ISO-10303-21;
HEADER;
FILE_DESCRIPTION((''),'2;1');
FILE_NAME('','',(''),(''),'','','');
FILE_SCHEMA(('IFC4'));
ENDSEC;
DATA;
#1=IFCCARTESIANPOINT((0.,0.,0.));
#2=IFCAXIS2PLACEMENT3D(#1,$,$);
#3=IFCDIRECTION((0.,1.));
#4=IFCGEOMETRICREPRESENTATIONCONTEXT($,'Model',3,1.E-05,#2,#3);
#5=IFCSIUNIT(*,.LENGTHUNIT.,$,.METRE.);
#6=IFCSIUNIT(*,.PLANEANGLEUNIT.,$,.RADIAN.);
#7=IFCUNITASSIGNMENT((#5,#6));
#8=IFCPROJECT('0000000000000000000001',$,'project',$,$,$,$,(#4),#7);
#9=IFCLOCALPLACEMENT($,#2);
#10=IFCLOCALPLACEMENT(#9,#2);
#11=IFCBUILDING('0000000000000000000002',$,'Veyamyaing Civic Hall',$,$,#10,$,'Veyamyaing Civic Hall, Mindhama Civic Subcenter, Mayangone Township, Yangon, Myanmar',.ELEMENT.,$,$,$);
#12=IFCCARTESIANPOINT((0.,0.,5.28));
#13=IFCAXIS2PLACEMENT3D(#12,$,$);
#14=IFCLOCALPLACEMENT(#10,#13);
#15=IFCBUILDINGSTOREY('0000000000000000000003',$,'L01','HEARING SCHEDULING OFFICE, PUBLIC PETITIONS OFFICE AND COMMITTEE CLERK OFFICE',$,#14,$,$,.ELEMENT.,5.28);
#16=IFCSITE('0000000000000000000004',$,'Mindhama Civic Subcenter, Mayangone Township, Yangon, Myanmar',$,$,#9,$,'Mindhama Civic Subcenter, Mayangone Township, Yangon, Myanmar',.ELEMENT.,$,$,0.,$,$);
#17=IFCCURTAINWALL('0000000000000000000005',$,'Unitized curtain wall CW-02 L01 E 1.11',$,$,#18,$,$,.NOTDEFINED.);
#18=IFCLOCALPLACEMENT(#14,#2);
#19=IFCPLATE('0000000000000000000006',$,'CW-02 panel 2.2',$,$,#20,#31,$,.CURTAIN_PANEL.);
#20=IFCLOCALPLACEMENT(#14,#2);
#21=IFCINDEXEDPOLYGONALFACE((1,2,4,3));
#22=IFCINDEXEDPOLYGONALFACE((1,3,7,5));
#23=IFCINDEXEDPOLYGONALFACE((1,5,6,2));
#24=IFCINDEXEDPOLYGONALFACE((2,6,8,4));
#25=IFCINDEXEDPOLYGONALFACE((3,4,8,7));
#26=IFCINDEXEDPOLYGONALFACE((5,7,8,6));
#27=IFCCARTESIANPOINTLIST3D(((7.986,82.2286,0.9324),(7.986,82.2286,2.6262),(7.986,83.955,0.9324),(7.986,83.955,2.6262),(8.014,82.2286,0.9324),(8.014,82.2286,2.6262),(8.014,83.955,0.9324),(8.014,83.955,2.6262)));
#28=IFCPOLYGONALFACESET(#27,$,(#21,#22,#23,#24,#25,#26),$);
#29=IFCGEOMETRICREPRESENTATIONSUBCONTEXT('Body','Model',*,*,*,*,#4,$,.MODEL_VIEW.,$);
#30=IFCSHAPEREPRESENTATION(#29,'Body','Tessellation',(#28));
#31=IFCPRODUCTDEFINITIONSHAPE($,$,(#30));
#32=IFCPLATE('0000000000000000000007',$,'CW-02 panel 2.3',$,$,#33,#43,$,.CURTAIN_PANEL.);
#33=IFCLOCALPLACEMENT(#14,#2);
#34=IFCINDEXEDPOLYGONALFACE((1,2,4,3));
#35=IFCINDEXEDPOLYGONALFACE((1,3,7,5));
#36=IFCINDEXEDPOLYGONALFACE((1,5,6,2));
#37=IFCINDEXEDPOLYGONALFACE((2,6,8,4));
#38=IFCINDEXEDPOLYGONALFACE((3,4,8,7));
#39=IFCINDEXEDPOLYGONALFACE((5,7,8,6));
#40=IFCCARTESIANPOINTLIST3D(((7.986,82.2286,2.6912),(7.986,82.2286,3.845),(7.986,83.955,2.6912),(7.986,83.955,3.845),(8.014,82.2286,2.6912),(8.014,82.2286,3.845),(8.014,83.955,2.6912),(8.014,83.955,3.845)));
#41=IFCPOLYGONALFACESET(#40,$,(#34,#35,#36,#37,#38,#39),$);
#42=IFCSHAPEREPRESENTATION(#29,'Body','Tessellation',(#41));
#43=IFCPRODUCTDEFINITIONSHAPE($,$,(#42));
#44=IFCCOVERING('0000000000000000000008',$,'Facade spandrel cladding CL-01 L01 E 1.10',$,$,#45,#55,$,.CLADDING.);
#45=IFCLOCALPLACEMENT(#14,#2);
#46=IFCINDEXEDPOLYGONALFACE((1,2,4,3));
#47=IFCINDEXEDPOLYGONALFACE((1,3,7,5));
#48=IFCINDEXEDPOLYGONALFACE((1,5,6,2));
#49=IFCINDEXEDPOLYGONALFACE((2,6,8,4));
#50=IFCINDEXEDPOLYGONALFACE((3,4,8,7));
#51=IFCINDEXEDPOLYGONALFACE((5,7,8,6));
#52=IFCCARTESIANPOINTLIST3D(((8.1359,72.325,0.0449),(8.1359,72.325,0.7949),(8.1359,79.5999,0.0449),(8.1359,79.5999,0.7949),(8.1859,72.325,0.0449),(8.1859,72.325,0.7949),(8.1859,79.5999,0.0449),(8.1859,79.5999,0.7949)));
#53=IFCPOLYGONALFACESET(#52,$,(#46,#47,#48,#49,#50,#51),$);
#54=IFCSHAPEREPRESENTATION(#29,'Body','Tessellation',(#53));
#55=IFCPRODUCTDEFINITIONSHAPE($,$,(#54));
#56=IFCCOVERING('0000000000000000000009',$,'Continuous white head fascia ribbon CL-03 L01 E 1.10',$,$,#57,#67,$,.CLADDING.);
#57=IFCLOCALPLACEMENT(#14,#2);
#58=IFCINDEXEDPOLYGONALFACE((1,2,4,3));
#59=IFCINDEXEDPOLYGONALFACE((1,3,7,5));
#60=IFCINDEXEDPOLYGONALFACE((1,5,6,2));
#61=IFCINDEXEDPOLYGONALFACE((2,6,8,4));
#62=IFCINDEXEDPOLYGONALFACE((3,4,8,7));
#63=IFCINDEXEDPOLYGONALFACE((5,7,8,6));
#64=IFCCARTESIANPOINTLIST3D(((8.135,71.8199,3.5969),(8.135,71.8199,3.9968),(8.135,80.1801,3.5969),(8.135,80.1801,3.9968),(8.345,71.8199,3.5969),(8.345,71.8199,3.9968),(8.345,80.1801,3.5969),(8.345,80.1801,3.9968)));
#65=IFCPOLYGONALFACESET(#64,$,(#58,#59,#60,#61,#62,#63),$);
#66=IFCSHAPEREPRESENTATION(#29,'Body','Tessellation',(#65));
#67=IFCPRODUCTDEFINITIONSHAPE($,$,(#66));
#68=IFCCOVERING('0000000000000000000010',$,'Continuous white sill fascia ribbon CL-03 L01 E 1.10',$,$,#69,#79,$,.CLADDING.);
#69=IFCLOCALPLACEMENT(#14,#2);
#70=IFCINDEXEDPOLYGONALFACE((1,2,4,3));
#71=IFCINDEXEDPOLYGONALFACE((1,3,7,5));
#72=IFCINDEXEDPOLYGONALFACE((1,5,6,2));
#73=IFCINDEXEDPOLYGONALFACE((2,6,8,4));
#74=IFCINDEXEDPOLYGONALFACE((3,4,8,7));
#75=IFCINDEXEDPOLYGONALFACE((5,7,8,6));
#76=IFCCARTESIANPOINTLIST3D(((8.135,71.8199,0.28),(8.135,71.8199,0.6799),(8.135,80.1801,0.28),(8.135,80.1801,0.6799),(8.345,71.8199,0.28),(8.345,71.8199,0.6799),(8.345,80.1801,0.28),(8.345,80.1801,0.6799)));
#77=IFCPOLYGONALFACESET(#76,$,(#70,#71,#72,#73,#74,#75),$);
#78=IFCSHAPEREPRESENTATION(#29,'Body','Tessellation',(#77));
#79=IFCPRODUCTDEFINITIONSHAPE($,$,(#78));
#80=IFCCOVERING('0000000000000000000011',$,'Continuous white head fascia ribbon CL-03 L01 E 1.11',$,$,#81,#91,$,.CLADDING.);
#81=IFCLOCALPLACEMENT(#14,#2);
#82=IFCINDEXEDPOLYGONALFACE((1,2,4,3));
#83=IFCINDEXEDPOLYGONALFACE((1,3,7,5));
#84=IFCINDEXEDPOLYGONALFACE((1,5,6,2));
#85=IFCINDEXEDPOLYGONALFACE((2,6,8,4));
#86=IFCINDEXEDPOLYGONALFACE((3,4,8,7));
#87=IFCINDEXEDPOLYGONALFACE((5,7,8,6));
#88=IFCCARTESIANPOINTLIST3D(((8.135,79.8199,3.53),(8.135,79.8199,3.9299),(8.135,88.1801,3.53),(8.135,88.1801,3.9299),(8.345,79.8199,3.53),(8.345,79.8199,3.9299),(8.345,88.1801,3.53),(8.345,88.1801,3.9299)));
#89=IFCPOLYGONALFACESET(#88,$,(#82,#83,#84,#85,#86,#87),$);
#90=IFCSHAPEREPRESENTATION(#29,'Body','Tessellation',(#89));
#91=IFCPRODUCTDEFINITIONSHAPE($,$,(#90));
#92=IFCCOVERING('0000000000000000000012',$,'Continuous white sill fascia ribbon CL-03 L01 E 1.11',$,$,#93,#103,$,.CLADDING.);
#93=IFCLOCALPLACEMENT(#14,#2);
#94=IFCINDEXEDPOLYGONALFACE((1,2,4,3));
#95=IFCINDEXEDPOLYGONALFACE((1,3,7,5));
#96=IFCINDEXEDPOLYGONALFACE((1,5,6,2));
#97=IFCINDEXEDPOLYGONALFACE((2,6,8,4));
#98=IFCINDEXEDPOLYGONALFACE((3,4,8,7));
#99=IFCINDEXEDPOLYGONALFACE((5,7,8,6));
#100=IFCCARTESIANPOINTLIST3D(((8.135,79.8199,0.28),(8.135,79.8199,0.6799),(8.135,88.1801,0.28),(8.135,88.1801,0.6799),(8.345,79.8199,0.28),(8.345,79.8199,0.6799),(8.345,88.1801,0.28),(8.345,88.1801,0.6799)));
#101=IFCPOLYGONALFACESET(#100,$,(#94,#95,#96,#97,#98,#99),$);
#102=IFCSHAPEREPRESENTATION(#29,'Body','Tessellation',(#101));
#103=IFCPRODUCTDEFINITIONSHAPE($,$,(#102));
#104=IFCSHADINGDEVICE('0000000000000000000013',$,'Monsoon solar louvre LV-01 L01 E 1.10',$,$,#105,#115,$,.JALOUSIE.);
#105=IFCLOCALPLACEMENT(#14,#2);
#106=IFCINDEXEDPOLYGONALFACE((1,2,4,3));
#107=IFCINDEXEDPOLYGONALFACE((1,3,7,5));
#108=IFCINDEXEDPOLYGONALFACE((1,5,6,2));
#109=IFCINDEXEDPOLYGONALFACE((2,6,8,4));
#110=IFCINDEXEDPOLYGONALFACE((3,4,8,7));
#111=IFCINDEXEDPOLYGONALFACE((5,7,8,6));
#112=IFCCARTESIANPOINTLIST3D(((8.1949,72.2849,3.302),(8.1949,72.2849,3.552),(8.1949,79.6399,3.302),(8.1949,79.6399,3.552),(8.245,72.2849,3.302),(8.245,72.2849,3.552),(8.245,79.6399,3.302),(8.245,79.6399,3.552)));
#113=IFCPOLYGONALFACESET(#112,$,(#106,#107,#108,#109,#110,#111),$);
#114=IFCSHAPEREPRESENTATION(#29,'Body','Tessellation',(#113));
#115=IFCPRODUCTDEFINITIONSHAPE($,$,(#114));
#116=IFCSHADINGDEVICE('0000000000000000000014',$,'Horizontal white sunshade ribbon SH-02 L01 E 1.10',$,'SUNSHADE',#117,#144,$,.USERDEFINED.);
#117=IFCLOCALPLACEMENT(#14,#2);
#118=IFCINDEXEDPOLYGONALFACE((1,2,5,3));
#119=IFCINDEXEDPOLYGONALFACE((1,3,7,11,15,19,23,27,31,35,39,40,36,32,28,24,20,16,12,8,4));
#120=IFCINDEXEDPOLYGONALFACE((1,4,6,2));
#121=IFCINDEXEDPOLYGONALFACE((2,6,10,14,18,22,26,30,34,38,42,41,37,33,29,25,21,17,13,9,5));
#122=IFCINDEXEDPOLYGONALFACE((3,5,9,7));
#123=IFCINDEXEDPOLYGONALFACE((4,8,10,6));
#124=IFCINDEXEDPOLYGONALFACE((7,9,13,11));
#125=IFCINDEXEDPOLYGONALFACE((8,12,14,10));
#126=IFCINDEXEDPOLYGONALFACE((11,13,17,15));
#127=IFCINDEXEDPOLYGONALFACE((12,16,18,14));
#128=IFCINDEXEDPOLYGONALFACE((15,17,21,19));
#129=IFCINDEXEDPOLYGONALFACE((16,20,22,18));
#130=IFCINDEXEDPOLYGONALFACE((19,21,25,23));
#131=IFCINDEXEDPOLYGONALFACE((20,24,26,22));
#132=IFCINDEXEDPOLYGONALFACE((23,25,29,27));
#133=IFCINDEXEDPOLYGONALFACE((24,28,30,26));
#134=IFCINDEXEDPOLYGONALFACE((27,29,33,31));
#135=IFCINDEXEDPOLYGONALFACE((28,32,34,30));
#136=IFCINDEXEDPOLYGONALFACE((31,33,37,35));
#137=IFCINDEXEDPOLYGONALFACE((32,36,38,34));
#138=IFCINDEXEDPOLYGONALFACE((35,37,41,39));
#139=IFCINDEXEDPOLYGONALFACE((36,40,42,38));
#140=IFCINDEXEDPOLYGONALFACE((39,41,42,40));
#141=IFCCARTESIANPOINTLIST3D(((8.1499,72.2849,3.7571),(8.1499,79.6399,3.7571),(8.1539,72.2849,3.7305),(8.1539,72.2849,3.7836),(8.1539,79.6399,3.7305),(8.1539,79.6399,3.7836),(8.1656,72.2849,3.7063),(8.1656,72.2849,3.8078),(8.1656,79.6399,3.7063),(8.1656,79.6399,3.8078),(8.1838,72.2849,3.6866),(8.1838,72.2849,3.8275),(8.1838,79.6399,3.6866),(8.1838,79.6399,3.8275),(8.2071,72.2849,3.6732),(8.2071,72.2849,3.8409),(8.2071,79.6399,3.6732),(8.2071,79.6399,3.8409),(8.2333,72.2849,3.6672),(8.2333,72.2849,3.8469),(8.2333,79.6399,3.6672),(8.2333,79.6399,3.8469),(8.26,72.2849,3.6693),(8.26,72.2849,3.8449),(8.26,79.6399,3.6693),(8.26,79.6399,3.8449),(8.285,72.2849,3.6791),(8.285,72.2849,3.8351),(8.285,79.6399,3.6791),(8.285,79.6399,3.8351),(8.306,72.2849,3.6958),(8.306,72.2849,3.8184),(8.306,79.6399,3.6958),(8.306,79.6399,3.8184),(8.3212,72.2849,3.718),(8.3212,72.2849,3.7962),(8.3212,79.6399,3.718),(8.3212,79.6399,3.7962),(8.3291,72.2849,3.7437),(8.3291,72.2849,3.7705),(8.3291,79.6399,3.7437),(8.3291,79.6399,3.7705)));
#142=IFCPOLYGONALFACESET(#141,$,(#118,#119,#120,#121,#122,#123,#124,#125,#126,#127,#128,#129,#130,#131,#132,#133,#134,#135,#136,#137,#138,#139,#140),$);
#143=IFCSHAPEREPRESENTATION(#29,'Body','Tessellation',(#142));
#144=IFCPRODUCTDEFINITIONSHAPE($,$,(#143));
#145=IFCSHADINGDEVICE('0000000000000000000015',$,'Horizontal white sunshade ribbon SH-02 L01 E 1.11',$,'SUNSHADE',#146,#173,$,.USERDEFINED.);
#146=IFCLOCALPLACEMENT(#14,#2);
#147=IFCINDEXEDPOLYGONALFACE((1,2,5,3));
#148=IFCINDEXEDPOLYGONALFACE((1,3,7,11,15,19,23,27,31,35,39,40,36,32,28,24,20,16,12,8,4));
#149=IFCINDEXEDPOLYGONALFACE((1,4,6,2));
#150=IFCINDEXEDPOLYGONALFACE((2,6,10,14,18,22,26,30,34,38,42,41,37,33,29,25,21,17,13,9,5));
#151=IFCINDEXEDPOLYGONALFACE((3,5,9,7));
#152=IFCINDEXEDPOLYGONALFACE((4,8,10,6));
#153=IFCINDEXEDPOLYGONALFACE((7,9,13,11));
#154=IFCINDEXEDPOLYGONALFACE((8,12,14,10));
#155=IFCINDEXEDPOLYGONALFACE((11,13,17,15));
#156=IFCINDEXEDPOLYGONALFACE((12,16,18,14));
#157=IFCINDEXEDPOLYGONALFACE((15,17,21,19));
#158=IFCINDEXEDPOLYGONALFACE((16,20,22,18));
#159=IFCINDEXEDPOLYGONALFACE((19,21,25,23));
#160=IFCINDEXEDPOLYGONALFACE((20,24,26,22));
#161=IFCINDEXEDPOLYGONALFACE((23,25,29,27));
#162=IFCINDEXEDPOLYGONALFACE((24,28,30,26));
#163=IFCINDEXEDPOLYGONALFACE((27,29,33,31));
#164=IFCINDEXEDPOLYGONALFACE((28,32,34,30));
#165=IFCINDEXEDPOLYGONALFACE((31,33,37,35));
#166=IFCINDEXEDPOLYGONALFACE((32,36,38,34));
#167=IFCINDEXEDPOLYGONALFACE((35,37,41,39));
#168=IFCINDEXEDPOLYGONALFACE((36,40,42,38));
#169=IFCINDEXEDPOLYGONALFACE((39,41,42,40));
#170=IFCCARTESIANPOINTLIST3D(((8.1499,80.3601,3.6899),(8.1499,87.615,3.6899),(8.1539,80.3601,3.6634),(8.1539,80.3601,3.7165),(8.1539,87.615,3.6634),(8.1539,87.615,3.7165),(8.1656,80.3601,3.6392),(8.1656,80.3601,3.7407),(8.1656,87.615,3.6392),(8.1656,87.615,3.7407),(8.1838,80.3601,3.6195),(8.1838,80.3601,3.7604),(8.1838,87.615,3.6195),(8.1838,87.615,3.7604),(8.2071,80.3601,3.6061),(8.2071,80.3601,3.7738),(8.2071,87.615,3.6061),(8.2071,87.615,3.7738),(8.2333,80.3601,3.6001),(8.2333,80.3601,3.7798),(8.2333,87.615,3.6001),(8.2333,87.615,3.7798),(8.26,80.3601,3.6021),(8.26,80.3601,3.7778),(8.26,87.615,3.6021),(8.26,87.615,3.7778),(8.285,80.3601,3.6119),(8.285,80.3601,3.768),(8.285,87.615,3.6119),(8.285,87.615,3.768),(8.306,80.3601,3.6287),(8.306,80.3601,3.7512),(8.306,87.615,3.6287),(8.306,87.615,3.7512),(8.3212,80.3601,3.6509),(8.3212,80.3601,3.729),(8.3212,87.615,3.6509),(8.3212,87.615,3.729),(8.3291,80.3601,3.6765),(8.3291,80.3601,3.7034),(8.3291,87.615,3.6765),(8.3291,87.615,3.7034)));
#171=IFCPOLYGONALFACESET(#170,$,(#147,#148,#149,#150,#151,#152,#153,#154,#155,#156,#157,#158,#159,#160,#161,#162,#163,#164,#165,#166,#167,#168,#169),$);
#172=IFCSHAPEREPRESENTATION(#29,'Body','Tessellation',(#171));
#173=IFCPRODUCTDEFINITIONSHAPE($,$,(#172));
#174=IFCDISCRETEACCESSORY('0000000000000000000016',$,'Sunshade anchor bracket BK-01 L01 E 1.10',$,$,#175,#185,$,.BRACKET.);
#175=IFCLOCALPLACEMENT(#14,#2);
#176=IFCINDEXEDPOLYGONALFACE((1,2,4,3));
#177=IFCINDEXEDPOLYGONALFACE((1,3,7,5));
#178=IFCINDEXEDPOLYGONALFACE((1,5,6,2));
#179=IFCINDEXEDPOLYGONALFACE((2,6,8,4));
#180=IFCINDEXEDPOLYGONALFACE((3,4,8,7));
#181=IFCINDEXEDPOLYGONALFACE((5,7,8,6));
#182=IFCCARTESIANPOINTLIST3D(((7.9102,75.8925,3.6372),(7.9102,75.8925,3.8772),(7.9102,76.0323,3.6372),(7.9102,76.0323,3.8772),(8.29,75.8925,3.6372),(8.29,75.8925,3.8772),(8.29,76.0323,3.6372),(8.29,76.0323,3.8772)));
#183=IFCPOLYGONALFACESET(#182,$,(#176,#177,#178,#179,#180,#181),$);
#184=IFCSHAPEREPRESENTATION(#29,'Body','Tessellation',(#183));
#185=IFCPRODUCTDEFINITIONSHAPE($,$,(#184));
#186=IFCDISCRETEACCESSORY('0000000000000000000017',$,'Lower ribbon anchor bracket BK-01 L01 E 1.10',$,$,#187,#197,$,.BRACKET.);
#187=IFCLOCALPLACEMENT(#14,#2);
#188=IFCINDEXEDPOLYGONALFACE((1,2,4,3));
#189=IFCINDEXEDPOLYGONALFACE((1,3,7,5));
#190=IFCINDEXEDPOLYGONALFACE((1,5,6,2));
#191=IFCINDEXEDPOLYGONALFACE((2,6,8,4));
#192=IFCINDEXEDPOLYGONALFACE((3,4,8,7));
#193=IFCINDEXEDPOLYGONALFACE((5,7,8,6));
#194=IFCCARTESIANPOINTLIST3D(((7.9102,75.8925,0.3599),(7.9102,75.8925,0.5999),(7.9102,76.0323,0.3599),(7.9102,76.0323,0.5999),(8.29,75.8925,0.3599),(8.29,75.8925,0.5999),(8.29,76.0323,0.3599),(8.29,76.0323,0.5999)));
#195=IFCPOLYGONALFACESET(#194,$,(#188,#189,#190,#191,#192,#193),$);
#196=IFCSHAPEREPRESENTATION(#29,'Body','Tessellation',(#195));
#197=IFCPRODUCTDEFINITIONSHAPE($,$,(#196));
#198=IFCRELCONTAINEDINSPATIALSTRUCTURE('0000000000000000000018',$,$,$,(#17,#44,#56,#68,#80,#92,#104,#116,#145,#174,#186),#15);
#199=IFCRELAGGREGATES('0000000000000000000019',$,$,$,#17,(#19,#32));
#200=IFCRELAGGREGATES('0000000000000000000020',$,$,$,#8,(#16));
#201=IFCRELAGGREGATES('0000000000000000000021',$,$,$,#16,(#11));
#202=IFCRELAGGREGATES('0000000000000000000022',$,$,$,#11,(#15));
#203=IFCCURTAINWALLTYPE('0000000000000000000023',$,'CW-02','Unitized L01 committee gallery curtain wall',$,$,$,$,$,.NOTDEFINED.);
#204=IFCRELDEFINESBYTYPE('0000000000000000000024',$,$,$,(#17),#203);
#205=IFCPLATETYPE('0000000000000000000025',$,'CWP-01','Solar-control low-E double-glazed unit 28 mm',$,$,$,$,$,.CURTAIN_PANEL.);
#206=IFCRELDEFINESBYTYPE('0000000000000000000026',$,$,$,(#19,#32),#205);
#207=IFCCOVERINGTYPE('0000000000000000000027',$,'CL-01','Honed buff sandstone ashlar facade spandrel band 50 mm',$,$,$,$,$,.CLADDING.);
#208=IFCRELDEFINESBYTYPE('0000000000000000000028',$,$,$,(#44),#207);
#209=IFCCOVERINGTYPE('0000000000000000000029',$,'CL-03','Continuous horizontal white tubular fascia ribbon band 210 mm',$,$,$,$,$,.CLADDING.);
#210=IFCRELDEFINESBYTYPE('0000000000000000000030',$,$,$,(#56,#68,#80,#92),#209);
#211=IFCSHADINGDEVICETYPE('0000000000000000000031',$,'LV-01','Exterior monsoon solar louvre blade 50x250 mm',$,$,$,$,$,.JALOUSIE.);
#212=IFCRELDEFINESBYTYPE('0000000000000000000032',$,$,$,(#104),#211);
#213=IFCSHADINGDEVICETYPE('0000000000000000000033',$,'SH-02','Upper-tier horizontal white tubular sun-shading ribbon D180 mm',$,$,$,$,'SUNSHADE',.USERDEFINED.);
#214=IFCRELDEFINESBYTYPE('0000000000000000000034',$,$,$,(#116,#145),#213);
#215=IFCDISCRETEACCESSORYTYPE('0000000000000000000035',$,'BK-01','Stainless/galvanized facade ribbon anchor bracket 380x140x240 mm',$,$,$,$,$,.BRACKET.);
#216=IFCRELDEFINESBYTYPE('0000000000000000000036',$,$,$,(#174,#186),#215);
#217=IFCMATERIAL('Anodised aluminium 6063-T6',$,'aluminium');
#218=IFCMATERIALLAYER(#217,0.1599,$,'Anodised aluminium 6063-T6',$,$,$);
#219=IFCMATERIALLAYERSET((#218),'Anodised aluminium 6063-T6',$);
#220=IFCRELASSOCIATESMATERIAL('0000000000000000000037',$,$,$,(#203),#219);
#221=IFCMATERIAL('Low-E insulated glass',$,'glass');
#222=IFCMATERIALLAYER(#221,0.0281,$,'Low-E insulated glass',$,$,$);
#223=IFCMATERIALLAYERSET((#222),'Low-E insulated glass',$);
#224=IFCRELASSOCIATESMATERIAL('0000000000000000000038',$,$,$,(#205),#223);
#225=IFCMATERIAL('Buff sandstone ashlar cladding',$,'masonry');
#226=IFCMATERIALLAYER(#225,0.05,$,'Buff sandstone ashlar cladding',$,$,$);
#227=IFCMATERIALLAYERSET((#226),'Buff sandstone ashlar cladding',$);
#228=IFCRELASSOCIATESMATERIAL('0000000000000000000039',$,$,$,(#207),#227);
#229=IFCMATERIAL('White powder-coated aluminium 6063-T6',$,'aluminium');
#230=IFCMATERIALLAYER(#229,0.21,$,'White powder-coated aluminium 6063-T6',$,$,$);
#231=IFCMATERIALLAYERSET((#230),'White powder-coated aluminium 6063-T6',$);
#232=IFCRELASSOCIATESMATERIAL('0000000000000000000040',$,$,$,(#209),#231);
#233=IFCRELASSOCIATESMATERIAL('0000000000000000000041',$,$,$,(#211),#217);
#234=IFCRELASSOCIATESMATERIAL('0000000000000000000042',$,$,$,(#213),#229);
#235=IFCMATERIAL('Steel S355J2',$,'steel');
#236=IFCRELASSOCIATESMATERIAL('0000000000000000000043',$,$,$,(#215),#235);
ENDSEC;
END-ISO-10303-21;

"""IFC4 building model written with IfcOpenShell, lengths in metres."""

from ifc_helpers import new_model, si_unit, direction, frame, origin, origin_2d, place, context, subcontext, project, spatial, rectangle, circle, extrude, material, layer, layer_set, material_profile, profile_set, type_object, element, aggregate, save


model = new_model("IFC4")

# Units and contexts
model_context = context("Model", 3, precision=1e-05, world=origin(), true_north=direction((0.0, 1.0)))
body_context = subcontext(model_context, "Body", "Model", "MODEL_VIEW")
ifc_project = project(units=[si_unit("LENGTHUNIT", "METRE"), si_unit("PLANEANGLEUNIT", "RADIAN")], contexts=[model_context])

# Site, building, storey
site_placement = place(None, origin())
site = spatial("IfcSite", under=ifc_project, at=site_placement, Name="Mindhama Civic Subcenter, Mayangone Township, Yangon, Myanmar", LongName="Mindhama Civic Subcenter, Mayangone Township, Yangon, Myanmar", CompositionType="ELEMENT", RefElevation=0.0)
building_placement = place(site_placement, origin())
building = spatial("IfcBuilding", under=site, at=building_placement, Name="Veyamyaing Civic Hall", LongName="Veyamyaing Civic Hall, Mindhama Civic Subcenter, Mayangone Township, Yangon, Myanmar", CompositionType="ELEMENT")
storey_placement = place(building_placement, frame((0.0, 0.0, 5.28)))
storey = spatial("IfcBuildingStorey", under=building, at=storey_placement, Name="L01", Description="HEARING SCHEDULING OFFICE, PUBLIC PETITIONS OFFICE AND COMMITTEE CLERK OFFICE", CompositionType="ELEMENT", Elevation=5.28)

# Curtain wall
ifc_material_1 = material(Name="Anodised aluminium 6063-T6", Category="aluminium")
ifc_layer_1 = layer(ifc_material_1, 0.1599, Name="Anodised aluminium 6063-T6")
ifc_layer_set_1 = layer_set([ifc_layer_1], Name="Anodised aluminium 6063-T6")
curtain_wall_type = type_object("IfcCurtainWallType", Name="CW-02", Description="Unitized L01 committee gallery curtain wall", PredefinedType="NOTDEFINED", material=ifc_layer_set_1)
curtain_wall_placement = place(storey_placement, origin())
curtain_wall = element("IfcCurtainWall", 1, at=curtain_wall_placement, inside=storey, type_object=curtain_wall_type, Name="Unitized curtain wall CW-02 L01 E 1.11", PredefinedType="NOTDEFINED")

# Plates
ifc_material_2 = material(Name="Low-E insulated glass", Category="glass")
ifc_layer_2 = layer(ifc_material_2, 0.0281, Name="Low-E insulated glass")
ifc_layer_set_2 = layer_set([ifc_layer_2], Name="Low-E insulated glass")
plate_type = type_object("IfcPlateType", Name="CWP-01", Description="Solar-control low-E double-glazed unit 28 mm", PredefinedType="CURTAIN_PANEL", material=ifc_layer_set_2)
plate_1_placement = place(storey_placement, frame((8.0, 83.0918, 0.9324), z_axis=(0.0, 0.0, 1.0), x_axis=(0.0, 1.0, 0.0)))
plate_1 = element("IfcPlate", 2, at=plate_1_placement, type_object=plate_type, Name="CW-02 panel 2.2", PredefinedType="CURTAIN_PANEL", context=body_context, shape_type="SweptSolid", body=[
    extrude(rectangle(XDim=1.7263, YDim=0.0281, at=origin_2d()), origin(), (0.0, 0.0, 1.0), 1.6938),
])
plate_2_placement = place(storey_placement, frame((8.0, 83.0918, 2.6912), z_axis=(0.0, 0.0, 1.0), x_axis=(0.0, 1.0, 0.0)))
plate_2 = element("IfcPlate", 3, at=plate_2_placement, type_object=plate_type, Name="CW-02 panel 2.3", PredefinedType="CURTAIN_PANEL", context=body_context, shape_type="SweptSolid", body=[
    extrude(rectangle(XDim=1.7263, YDim=0.0281, at=origin_2d()), origin(), (0.0, 0.0, 1.0), 1.1538),
])
aggregate(curtain_wall, [plate_1, plate_2])

# Coverings
ifc_material_3 = material(Name="Buff sandstone ashlar cladding", Category="masonry")
ifc_layer_3 = layer(ifc_material_3, 0.05, Name="Buff sandstone ashlar cladding")
ifc_layer_set_3 = layer_set([ifc_layer_3], Name="Buff sandstone ashlar cladding")
covering_type_1 = type_object("IfcCoveringType", Name="CL-01", Description="Honed buff sandstone ashlar facade spandrel band 50 mm", PredefinedType="CLADDING", material=ifc_layer_set_3)
covering_placement = place(storey_placement, frame((8.1609, 75.9624, 0.0449), z_axis=(0.0, 0.0, 1.0), x_axis=(0.0, 1.0, 0.0)))
element("IfcCovering", 4, at=covering_placement, inside=storey, type_object=covering_type_1, Name="Facade spandrel cladding CL-01 L01 E 1.10", PredefinedType="CLADDING", context=body_context, shape_type="SweptSolid", body=[
    extrude(rectangle(XDim=7.2749, YDim=0.05, at=origin_2d()), origin(), (0.0, 0.0, 1.0), 0.75),
])
ifc_material_4 = material(Name="White powder-coated aluminium 6063-T6", Category="aluminium")
ifc_layer_4 = layer(ifc_material_4, 0.21, Name="White powder-coated aluminium 6063-T6")
ifc_layer_set_4 = layer_set([ifc_layer_4], Name="White powder-coated aluminium 6063-T6")
covering_type_2 = type_object("IfcCoveringType", Name="CL-03", Description="Continuous horizontal white tubular fascia ribbon band 210 mm", PredefinedType="CLADDING", material=ifc_layer_set_4)
for number, where, z_axis, x_axis, name in (
    (5, (8.24, 76.0, 3.5969), (0.0, 0.0, 1.0), (0.0, 1.0, 0.0), "Continuous white head fascia ribbon CL-03 L01 E 1.10"),
    (6, (8.24, 76.0, 0.28), (0.0, 0.0, 1.0), (0.0, 1.0, 0.0), "Continuous white sill fascia ribbon CL-03 L01 E 1.10"),
    (7, (8.24, 84.0, 3.53), (0.0, 0.0, 1.0), (0.0, 1.0, 0.0), "Continuous white head fascia ribbon CL-03 L01 E 1.11"),
    (8, (8.24, 84.0, 0.28), (0.0, 0.0, 1.0), (0.0, 1.0, 0.0), "Continuous white sill fascia ribbon CL-03 L01 E 1.11"),
):
    element("IfcCovering", number, at=place(storey_placement, frame(where, z_axis=z_axis, x_axis=x_axis)), inside=storey, type_object=covering_type_2, Name=name, PredefinedType="CLADDING", context=body_context, shape_type="SweptSolid", body=[
        extrude(rectangle(XDim=8.3601, YDim=0.21, at=origin_2d()), origin(), (0.0, 0.0, 1.0), 0.3999),
    ])

# Shading devices
ifc_material_profile_1 = material_profile(ifc_material_1, rectangle(XDim=0.05, YDim=0.25, at=origin_2d()), Name="LOUVRE-BLADE-50X250")
ifc_profile_set_1 = profile_set([ifc_material_profile_1], Name="Anodised aluminium 6063-T6")
shading_device_type_1 = type_object("IfcShadingDeviceType", Name="LV-01", Description="Exterior monsoon solar louvre blade 50x250 mm", PredefinedType="JALOUSIE", material=ifc_profile_set_1)
shading_device_1_placement = place(storey_placement, frame((8.22, 72.2849, 3.427), z_axis=(0.0, 1.0, 0.0), x_axis=(-1.0, 0.0, 0.0)))
element("IfcShadingDevice", 9, at=shading_device_1_placement, inside=storey, type_object=shading_device_type_1, Name="Monsoon solar louvre LV-01 L01 E 1.10", PredefinedType="JALOUSIE", context=body_context, shape_type="SweptSolid", body=[
    extrude(rectangle(XDim=0.05, YDim=0.25, at=origin_2d()), origin(), (0.0, 0.0, 1.0), 7.355),
])
ifc_material_profile_2 = material_profile(ifc_material_4, circle(Radius=0.0901, at=origin_2d()), Name="SHADE-TUBE-180")
ifc_profile_set_2 = profile_set([ifc_material_profile_2], Name="White powder-coated aluminium 6063-T6")
shading_device_type_2 = type_object("IfcShadingDeviceType", Name="SH-02", Description="Upper-tier horizontal white tubular sun-shading ribbon D180 mm", ElementType="SUNSHADE", PredefinedType="USERDEFINED", material=ifc_profile_set_2)
shading_device_2_placement = place(storey_placement, frame((8.24, 72.2849, 3.7571), z_axis=(0.0, 1.0, 0.0), x_axis=(-1.0, 0.0, 0.0)))
element("IfcShadingDevice", 10, at=shading_device_2_placement, inside=storey, type_object=shading_device_type_2, Name="Horizontal white sunshade ribbon SH-02 L01 E 1.10", ObjectType="SUNSHADE", PredefinedType="USERDEFINED", context=body_context, shape_type="SweptSolid", body=[
    extrude(circle(Radius=0.0901, at=origin_2d()), origin(), (0.0, 0.0, 1.0), 7.355),
])
shading_device_3_placement = place(storey_placement, frame((8.24, 80.3601, 3.6899), z_axis=(0.0, 1.0, 0.0), x_axis=(-1.0, 0.0, 0.0)))
element("IfcShadingDevice", 11, at=shading_device_3_placement, inside=storey, type_object=shading_device_type_2, Name="Horizontal white sunshade ribbon SH-02 L01 E 1.11", ObjectType="SUNSHADE", PredefinedType="USERDEFINED", context=body_context, shape_type="SweptSolid", body=[
    extrude(circle(Radius=0.0901, at=origin_2d()), origin(), (0.0, 0.0, 1.0), 7.2549),
])

# Discrete accessories
ifc_material_5 = material(Name="Steel S355J2", Category="steel")
discrete_accessory_type = type_object("IfcDiscreteAccessoryType", Name="BK-01", Description="Stainless/galvanized facade ribbon anchor bracket 380x140x240 mm", PredefinedType="BRACKET", material=ifc_material_5)
for number, where, z_axis, x_axis, name in (
    (12, (8.1001, 75.9624, 3.6372), (0.0, 0.0, 1.0), (1.0, 0.0, 0.0), "Sunshade anchor bracket BK-01 L01 E 1.10"),
    (13, (8.1001, 75.9624, 0.3599), (0.0, 0.0, 1.0), (1.0, 0.0, 0.0), "Lower ribbon anchor bracket BK-01 L01 E 1.10"),
):
    element("IfcDiscreteAccessory", number, at=place(storey_placement, frame(where, z_axis=z_axis, x_axis=x_axis)), inside=storey, type_object=discrete_accessory_type, Name=name, PredefinedType="BRACKET", context=body_context, shape_type="SweptSolid", body=[
        extrude(rectangle(XDim=0.3799, YDim=0.1399, at=origin_2d()), origin(), (0.0, 0.0, 1.0), 0.24),
    ])

save(model, "model.ifc")
